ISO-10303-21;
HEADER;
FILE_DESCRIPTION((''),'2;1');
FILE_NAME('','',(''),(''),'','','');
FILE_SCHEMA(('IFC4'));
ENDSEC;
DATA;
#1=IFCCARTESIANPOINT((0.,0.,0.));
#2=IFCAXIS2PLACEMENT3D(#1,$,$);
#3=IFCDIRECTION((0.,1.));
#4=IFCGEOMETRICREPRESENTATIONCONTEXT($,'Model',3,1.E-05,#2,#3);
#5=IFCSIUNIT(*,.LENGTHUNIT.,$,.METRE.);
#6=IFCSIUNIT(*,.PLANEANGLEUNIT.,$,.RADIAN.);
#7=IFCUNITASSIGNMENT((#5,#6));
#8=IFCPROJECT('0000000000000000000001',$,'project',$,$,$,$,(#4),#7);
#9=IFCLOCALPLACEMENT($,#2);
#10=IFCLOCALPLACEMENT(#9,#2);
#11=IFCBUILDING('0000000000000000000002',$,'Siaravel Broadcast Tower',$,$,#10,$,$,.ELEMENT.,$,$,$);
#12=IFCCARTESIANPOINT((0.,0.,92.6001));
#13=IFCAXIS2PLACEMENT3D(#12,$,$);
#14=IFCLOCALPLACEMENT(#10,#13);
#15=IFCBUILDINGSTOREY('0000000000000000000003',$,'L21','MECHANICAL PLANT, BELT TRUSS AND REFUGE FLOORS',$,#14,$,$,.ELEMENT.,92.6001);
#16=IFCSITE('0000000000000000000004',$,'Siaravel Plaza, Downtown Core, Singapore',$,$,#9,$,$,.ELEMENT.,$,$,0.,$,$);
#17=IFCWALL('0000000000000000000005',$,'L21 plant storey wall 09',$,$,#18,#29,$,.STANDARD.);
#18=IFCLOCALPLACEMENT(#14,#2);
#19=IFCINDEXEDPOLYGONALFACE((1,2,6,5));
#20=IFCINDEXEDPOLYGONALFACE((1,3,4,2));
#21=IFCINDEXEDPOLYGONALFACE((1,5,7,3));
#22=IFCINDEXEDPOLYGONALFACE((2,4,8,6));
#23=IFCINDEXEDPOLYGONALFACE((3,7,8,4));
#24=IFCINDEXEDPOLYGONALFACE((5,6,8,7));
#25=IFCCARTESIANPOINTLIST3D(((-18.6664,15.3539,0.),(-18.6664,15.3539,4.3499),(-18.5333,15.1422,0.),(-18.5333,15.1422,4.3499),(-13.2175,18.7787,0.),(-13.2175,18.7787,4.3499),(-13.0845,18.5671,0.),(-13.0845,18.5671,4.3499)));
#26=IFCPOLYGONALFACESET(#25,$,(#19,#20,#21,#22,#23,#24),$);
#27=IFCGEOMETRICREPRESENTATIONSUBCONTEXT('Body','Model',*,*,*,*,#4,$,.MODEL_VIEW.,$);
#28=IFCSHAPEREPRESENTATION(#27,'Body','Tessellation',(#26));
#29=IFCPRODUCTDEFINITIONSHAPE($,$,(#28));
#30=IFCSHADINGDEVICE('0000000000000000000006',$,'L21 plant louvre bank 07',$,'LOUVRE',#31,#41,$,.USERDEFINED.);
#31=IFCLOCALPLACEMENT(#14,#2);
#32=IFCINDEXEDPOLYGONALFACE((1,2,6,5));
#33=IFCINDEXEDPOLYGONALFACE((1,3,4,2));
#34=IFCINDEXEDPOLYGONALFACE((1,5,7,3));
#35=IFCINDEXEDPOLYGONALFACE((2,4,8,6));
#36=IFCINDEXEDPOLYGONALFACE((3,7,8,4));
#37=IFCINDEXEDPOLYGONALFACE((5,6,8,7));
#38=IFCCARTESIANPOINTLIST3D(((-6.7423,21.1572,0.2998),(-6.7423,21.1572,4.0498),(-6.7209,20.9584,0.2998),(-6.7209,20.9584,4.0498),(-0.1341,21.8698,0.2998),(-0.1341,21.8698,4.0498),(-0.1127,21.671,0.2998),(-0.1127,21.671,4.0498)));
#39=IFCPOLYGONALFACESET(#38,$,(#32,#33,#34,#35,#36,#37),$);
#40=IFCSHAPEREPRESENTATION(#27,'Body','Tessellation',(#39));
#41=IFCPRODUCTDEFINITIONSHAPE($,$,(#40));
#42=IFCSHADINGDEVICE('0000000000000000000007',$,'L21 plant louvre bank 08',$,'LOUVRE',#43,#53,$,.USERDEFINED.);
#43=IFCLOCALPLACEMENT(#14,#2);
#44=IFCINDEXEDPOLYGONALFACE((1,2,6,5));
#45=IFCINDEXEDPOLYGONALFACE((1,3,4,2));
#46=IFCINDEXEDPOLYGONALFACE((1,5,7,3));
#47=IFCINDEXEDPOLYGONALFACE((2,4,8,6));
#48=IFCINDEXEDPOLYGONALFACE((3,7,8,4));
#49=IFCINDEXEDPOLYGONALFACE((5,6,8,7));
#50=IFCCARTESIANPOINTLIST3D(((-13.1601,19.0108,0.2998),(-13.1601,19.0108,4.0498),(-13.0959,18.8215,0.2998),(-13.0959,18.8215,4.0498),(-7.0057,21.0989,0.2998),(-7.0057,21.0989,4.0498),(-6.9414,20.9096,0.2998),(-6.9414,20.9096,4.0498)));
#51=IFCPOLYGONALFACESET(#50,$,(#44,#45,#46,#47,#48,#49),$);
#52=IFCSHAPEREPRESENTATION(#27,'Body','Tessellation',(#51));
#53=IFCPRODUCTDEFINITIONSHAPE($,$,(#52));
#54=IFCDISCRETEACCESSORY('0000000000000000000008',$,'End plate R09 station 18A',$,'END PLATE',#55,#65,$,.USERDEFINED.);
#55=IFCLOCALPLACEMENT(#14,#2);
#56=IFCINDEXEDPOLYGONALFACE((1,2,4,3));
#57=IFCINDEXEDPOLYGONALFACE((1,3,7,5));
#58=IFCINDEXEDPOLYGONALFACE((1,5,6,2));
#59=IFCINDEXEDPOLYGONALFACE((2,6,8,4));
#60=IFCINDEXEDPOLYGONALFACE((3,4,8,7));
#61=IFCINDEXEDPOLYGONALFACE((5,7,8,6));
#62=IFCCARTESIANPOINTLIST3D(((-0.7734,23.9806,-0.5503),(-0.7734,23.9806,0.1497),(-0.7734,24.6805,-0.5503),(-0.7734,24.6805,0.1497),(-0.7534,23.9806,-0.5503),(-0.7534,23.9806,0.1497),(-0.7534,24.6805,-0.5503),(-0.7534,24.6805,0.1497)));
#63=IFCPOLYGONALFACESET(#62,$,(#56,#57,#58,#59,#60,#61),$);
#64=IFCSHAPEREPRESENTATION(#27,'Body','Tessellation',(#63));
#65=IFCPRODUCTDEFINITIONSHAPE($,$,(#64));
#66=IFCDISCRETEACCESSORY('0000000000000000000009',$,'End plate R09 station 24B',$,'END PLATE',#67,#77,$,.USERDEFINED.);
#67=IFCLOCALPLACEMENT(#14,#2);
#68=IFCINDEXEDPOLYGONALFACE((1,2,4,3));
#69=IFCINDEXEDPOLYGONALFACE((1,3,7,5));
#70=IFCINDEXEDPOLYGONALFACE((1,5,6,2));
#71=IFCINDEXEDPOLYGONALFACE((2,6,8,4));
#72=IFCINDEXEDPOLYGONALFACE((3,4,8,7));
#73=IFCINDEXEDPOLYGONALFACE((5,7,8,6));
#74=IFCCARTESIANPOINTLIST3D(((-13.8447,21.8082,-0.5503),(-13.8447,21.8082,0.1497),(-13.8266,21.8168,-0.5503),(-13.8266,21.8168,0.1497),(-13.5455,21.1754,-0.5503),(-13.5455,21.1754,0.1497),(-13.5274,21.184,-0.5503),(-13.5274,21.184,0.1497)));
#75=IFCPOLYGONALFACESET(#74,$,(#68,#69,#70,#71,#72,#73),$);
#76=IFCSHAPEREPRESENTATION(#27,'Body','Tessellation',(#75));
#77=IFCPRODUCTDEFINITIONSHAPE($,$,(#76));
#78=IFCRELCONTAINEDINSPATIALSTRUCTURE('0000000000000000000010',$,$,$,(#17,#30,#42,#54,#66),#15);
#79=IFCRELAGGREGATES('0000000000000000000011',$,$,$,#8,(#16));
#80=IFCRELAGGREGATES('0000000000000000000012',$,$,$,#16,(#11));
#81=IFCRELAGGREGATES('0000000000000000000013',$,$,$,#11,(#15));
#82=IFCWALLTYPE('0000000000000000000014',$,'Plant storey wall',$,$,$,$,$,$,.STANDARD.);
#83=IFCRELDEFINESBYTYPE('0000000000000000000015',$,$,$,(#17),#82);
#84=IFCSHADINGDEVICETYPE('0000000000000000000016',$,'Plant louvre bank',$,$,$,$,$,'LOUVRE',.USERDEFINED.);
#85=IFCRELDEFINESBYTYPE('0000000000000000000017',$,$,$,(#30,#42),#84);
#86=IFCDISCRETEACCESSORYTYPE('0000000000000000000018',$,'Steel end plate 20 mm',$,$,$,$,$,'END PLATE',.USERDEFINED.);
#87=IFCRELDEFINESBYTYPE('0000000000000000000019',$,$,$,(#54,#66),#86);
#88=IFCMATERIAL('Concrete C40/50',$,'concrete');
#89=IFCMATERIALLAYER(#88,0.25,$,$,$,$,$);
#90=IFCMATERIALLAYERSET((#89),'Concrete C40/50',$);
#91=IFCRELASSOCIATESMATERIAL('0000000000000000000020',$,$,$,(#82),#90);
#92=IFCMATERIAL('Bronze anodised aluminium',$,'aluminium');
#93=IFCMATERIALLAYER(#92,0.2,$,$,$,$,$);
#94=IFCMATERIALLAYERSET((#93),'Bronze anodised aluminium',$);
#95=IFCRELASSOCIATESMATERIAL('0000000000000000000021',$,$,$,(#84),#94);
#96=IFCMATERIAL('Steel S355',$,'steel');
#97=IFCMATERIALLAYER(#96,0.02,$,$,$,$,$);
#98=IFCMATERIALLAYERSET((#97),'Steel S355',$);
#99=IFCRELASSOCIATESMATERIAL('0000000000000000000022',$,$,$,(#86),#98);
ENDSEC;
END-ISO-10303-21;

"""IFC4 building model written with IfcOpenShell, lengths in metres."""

from ifc_helpers import new_model, si_unit, direction, frame, frame_2d, origin, origin_2d, place, context, subcontext, project, spatial, rectangle, extrude, material, layer, layer_set, type_object, element, save


model = new_model("IFC4")

# Units and contexts
model_context = context("Model", 3, precision=1e-05, world=origin(), true_north=direction((0.0, 1.0)))
body_context = subcontext(model_context, "Body", "Model", "MODEL_VIEW")
ifc_project = project(units=[si_unit("LENGTHUNIT", "METRE"), si_unit("PLANEANGLEUNIT", "RADIAN")], contexts=[model_context])

# Site, building, storey
site_placement = place(None, origin())
site = spatial("IfcSite", under=ifc_project, at=site_placement, Name="Siaravel Plaza, Downtown Core, Singapore", CompositionType="ELEMENT", RefElevation=0.0)
building_placement = place(site_placement, origin())
building = spatial("IfcBuilding", under=site, at=building_placement, Name="Siaravel Broadcast Tower", CompositionType="ELEMENT")
storey_placement = place(building_placement, frame((0.0, 0.0, 92.6001)))
storey = spatial("IfcBuildingStorey", under=building, at=storey_placement, Name="L21", Description="MECHANICAL PLANT, BELT TRUSS AND REFUGE FLOORS", CompositionType="ELEMENT", Elevation=92.6001)

# Shared definitions
ifc_material_1 = material(Name="Steel S355", Category="steel")

# Wall
ifc_material_2 = material(Name="Concrete C40/50", Category="concrete")
ifc_layer_1 = layer(ifc_material_2, 0.25)
ifc_layer_set_1 = layer_set([ifc_layer_1], Name="Concrete C40/50")
wall_type_1 = type_object("IfcWallType", Name="Plant storey wall", PredefinedType="STANDARD", material=ifc_layer_set_1)
wall_1_placement = place(storey_placement, frame((-13.1511, 18.6729, 0.0), z_axis=(0.0, 0.0, 1.0), x_axis=(-0.846644, -0.532159, 0.0)))
element("IfcWall", 1, at=wall_1_placement, inside=storey, type_object=wall_type_1, Name="L21 plant storey wall 09", PredefinedType="STANDARD", context=body_context, shape_type="SweptSolid", body=[
    extrude(rectangle(XDim=6.4358, YDim=0.25, at=frame_2d((3.2178, 0.0))), origin(), (0.0, 0.0, 1.0), 4.3499),
])

# Shading devices
ifc_material_3 = material(Name="Bronze anodised aluminium", Category="aluminium")
ifc_layer_2 = layer(ifc_material_3, 0.2)
ifc_layer_set_2 = layer_set([ifc_layer_2], Name="Bronze anodised aluminium")
shading_device_type = type_object("IfcShadingDeviceType", Name="Plant louvre bank", ElementType="LOUVRE", PredefinedType="USERDEFINED", material=ifc_layer_set_2)
shading_device_1_placement = place(storey_placement, frame((-3.4275, 21.4141, 0.2998), z_axis=(0.0, 0.0, 1.0), x_axis=(-0.994236, -0.107217, 0.0)))
element("IfcShadingDevice", 2, at=shading_device_1_placement, inside=storey, type_object=shading_device_type, Name="L21 plant louvre bank 07", ObjectType="LOUVRE", PredefinedType="USERDEFINED", context=body_context, shape_type="SweptSolid", body=[
    extrude(rectangle(XDim=6.6465, YDim=0.2, at=origin_2d()), origin(), (0.0, 0.0, 1.0), 3.75),
])
shading_device_2_placement = place(storey_placement, frame((-10.0508, 19.9602, 0.2998), z_axis=(0.0, 0.0, 1.0), x_axis=(-0.946977, -0.321301, 0.0)))
element("IfcShadingDevice", 3, at=shading_device_2_placement, inside=storey, type_object=shading_device_type, Name="L21 plant louvre bank 08", ObjectType="LOUVRE", PredefinedType="USERDEFINED", context=body_context, shape_type="SweptSolid", body=[
    extrude(rectangle(XDim=6.499, YDim=0.2, at=origin_2d()), origin(), (0.0, 0.0, 1.0), 3.75),
])

# Discrete accessories
ifc_layer_3 = layer(ifc_material_1, 0.02)
ifc_layer_set_3 = layer_set([ifc_layer_3], Name="Steel S355")
discrete_accessory_type = type_object("IfcDiscreteAccessoryType", Name="Steel end plate 20 mm", ElementType="END PLATE", PredefinedType="USERDEFINED", material=ifc_layer_set_3)
for number, where, z_axis, x_axis, name in (
    (4, (-0.7634, 24.3306, -0.5503), (0.0, 0.0, 1.0), (-1.0, 0.0, 0.0), "End plate R09 station 18A"),
    (5, (-13.686, 21.4961, -0.5503), (0.0, 0.0, 1.0), (-0.904006, -0.427519, 0.0), "End plate R09 station 24B"),
):
    element("IfcDiscreteAccessory", number, at=place(storey_placement, frame(where, z_axis=z_axis, x_axis=x_axis)), inside=storey, type_object=discrete_accessory_type, Name=name, ObjectType="END PLATE", PredefinedType="USERDEFINED", context=body_context, shape_type="SweptSolid", body=[
        extrude(rectangle(XDim=0.02, YDim=0.7, at=origin_2d()), origin(), (0.0, 0.0, 1.0), 0.7),
    ])

save(model, "model.ifc")
